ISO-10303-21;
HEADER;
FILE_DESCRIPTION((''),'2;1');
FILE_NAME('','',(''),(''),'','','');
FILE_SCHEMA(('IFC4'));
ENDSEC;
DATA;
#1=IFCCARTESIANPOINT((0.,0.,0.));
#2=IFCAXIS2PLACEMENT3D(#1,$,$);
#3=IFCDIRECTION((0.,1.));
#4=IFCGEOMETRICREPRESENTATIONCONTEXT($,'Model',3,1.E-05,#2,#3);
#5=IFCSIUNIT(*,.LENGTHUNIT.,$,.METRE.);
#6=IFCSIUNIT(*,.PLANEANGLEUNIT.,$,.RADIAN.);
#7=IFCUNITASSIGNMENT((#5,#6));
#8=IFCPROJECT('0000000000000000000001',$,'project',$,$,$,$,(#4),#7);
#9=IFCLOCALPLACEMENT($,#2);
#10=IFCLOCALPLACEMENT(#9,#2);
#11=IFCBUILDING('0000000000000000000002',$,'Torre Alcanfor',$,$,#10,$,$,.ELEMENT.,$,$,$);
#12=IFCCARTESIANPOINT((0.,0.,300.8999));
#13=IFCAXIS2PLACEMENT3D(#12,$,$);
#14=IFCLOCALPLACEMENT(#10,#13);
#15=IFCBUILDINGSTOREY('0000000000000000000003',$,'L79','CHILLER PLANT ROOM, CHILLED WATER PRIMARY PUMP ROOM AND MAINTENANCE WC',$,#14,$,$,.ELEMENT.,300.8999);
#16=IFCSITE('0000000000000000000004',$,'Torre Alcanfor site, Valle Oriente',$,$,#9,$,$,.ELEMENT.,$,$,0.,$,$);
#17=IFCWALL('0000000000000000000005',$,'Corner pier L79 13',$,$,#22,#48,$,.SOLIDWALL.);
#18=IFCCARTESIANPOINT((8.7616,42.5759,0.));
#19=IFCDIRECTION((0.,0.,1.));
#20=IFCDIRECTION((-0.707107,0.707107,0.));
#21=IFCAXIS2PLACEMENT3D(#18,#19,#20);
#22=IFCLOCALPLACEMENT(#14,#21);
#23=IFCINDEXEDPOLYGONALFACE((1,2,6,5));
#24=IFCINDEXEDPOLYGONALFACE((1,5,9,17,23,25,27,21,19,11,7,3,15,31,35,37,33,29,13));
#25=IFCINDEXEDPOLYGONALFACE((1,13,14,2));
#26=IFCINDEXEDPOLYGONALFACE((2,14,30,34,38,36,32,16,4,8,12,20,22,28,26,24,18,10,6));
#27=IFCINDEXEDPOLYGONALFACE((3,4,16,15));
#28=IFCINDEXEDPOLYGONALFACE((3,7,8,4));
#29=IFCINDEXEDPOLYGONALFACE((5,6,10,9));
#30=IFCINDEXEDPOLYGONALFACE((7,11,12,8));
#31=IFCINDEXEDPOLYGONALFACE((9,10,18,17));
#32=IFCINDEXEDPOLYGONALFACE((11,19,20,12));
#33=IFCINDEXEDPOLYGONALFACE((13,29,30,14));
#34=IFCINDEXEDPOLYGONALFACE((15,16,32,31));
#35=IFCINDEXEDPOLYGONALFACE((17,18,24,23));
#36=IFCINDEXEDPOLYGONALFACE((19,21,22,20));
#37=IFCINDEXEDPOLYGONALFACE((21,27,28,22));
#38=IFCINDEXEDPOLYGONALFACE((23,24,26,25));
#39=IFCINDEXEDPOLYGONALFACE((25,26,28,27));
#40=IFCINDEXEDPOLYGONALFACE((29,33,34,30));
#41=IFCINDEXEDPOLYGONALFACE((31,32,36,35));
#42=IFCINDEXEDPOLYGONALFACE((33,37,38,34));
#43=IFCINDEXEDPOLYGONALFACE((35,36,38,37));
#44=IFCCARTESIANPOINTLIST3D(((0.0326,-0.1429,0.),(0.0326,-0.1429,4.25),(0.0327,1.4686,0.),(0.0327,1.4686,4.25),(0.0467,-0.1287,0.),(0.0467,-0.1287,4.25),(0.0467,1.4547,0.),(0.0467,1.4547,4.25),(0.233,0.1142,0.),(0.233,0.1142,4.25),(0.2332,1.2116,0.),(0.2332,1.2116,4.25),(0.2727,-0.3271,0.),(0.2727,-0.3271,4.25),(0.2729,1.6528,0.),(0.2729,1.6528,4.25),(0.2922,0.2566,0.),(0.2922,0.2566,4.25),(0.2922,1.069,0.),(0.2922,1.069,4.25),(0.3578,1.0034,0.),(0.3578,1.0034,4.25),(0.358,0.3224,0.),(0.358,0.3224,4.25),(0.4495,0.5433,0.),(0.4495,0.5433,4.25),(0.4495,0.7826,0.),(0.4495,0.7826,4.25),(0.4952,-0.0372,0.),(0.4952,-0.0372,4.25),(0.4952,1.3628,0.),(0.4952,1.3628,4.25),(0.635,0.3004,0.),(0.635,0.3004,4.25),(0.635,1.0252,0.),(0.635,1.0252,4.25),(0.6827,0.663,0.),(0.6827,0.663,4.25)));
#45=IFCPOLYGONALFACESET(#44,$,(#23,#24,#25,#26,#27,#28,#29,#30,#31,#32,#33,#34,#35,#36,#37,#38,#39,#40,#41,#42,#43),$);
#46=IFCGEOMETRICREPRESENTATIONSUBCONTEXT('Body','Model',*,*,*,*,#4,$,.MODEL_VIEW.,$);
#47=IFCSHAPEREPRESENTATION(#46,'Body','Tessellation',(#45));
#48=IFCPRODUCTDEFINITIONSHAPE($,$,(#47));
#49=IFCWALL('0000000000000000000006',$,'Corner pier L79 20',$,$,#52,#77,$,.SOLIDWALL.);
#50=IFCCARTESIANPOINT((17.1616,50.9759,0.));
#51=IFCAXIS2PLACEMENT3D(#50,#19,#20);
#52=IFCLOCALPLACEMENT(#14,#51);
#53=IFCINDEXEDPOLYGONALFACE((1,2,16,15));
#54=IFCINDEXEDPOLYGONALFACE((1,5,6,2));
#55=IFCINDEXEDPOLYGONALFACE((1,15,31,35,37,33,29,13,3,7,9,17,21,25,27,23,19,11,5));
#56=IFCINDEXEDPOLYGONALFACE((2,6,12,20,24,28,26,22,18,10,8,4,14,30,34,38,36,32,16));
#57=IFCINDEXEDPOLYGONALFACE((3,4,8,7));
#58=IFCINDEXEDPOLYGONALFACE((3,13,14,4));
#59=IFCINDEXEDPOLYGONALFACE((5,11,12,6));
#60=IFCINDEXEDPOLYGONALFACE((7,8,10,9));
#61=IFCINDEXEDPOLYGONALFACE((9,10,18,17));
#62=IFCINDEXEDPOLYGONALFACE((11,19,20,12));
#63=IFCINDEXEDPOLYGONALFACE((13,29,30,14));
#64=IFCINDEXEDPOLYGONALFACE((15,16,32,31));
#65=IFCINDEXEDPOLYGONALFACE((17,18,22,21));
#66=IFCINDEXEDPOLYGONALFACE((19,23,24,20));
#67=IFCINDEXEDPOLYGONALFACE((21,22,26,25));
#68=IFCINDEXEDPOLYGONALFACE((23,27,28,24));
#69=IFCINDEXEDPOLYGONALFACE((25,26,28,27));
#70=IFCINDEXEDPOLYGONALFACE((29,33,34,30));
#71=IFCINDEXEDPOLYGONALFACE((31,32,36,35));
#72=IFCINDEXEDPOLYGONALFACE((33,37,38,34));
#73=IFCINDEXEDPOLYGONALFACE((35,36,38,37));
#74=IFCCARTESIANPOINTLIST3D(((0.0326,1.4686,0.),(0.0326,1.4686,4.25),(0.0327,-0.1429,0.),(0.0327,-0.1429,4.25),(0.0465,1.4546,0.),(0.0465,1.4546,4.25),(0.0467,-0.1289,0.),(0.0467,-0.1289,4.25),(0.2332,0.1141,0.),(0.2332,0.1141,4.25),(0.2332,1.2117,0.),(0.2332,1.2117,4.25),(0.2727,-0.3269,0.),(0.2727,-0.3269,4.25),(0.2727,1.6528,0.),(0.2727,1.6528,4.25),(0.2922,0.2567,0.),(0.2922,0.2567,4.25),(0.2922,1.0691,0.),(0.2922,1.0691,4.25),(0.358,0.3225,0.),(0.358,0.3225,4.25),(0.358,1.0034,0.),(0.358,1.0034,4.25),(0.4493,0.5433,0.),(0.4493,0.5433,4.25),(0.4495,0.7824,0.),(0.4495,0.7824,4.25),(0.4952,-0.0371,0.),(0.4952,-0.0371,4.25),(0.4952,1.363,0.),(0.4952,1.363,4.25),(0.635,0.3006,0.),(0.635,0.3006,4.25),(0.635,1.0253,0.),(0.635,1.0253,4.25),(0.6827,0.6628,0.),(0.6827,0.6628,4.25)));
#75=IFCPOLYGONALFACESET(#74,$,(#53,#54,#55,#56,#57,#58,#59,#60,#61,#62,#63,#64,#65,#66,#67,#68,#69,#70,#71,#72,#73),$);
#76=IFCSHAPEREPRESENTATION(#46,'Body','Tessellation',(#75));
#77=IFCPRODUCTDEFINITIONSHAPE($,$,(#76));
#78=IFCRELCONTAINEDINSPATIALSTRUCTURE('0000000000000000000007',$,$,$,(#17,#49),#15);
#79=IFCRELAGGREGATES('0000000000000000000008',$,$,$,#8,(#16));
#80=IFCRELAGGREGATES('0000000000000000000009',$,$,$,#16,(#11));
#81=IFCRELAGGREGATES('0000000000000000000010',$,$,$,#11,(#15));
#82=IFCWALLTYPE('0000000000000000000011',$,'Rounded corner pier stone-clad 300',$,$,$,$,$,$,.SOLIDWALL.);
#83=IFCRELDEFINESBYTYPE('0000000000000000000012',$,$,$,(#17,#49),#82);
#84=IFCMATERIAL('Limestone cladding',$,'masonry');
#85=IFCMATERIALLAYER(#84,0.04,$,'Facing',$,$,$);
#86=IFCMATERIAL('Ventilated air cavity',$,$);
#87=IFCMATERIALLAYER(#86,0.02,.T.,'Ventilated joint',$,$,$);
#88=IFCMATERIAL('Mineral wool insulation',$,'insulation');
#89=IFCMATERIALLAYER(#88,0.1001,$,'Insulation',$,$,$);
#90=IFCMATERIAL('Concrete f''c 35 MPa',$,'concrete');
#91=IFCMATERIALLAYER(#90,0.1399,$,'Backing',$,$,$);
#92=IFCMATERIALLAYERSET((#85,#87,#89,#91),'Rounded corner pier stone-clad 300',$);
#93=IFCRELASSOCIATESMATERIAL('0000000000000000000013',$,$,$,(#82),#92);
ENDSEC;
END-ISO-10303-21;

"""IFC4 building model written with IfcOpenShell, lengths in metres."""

from ifc_helpers import new_model, si_unit, direction, frame, origin, place, context, subcontext, project, spatial, polyline, outline, extrude, material, layer, layer_set, type_object, element, save


model = new_model("IFC4")

# Units and contexts
model_context = context("Model", 3, precision=1e-05, world=origin(), true_north=direction((0.0, 1.0)))
body_context = subcontext(model_context, "Body", "Model", "MODEL_VIEW")
ifc_project = project(units=[si_unit("LENGTHUNIT", "METRE"), si_unit("PLANEANGLEUNIT", "RADIAN")], contexts=[model_context])

# Site, building, storey
site_placement = place(None, origin())
site = spatial("IfcSite", under=ifc_project, at=site_placement, Name="Torre Alcanfor site, Valle Oriente", CompositionType="ELEMENT", RefElevation=0.0)
building_placement = place(site_placement, origin())
building = spatial("IfcBuilding", under=site, at=building_placement, Name="Torre Alcanfor", CompositionType="ELEMENT")
storey_placement = place(building_placement, frame((0.0, 0.0, 300.8999)))
storey = spatial("IfcBuildingStorey", under=building, at=storey_placement, Name="L79", Description="CHILLER PLANT ROOM, CHILLED WATER PRIMARY PUMP ROOM AND MAINTENANCE WC", CompositionType="ELEMENT", Elevation=300.8999)

# Walls
ifc_material_1 = material(Name="Limestone cladding", Category="masonry")
ifc_material_2 = material(Name="Ventilated air cavity")
ifc_material_3 = material(Name="Mineral wool insulation", Category="insulation")
ifc_material_4 = material(Name="Concrete f'c 35 MPa", Category="concrete")
ifc_layer_1 = layer(ifc_material_1, 0.04, Name="Facing")
ifc_layer_2 = layer(ifc_material_2, 0.02, ventilated=True, Name="Ventilated joint")
ifc_layer_3 = layer(ifc_material_3, 0.1001, Name="Insulation")
ifc_layer_4 = layer(ifc_material_4, 0.1399, Name="Backing")
ifc_layer_set_1 = layer_set([ifc_layer_1, ifc_layer_2, ifc_layer_3, ifc_layer_4], Name="Rounded corner pier stone-clad 300")
wall_type_1 = type_object("IfcWallType", Name="Rounded corner pier stone-clad 300", PredefinedType="SOLIDWALL", material=ifc_layer_set_1)
wall_1_placement = place(storey_placement, frame((8.7616, 42.5759, 0.0), z_axis=(0.0, 0.0, 1.0), x_axis=(-0.707107, 0.707107, 0.0)))
element("IfcWall", 1, at=wall_1_placement, inside=storey, type_object=wall_type_1, Name="Corner pier L79 13", PredefinedType="SOLIDWALL", context=body_context, shape_type="SweptSolid", body=[
    extrude(outline(polyline([(0.233, 0.1142), (0.0467, -0.1287), (0.0326, -0.1429), (0.2727, -0.3271), (0.4952, -0.0372), (0.635, 0.3004), (0.6827, 0.663), (0.635, 1.0252), (0.4952, 1.3628), (0.2729, 1.6528), (0.0327, 1.4686), (0.0467, 1.4547), (0.2332, 1.2116), (0.2922, 1.069), (0.3578, 1.0034), (0.4495, 0.7826), (0.4495, 0.5433), (0.358, 0.3224), (0.2922, 0.2566), (0.233, 0.1142)])), origin(), (0.0, 0.0, 1.0), 4.25),
])
wall_2_placement = place(storey_placement, frame((17.1616, 50.9759, 0.0), z_axis=(0.0, 0.0, 1.0), x_axis=(-0.707107, 0.707107, 0.0)))
element("IfcWall", 2, at=wall_2_placement, inside=storey, type_object=wall_type_1, Name="Corner pier L79 20", PredefinedType="SOLIDWALL", context=body_context, shape_type="SweptSolid", body=[
    extrude(outline(polyline([(0.0467, -0.1289), (0.0327, -0.1429), (0.2727, -0.3269), (0.4952, -0.0371), (0.635, 0.3006), (0.6827, 0.6628), (0.635, 1.0253), (0.4952, 1.363), (0.2727, 1.6528), (0.0326, 1.4686), (0.0465, 1.4546), (0.2332, 1.2117), (0.2922, 1.0691), (0.358, 1.0034), (0.4495, 0.7824), (0.4493, 0.5433), (0.358, 0.3225), (0.2922, 0.2567), (0.2332, 0.1141), (0.0467, -0.1289)])), origin(), (0.0, 0.0, 1.0), 4.25),
])

save(model, "model.ifc")
